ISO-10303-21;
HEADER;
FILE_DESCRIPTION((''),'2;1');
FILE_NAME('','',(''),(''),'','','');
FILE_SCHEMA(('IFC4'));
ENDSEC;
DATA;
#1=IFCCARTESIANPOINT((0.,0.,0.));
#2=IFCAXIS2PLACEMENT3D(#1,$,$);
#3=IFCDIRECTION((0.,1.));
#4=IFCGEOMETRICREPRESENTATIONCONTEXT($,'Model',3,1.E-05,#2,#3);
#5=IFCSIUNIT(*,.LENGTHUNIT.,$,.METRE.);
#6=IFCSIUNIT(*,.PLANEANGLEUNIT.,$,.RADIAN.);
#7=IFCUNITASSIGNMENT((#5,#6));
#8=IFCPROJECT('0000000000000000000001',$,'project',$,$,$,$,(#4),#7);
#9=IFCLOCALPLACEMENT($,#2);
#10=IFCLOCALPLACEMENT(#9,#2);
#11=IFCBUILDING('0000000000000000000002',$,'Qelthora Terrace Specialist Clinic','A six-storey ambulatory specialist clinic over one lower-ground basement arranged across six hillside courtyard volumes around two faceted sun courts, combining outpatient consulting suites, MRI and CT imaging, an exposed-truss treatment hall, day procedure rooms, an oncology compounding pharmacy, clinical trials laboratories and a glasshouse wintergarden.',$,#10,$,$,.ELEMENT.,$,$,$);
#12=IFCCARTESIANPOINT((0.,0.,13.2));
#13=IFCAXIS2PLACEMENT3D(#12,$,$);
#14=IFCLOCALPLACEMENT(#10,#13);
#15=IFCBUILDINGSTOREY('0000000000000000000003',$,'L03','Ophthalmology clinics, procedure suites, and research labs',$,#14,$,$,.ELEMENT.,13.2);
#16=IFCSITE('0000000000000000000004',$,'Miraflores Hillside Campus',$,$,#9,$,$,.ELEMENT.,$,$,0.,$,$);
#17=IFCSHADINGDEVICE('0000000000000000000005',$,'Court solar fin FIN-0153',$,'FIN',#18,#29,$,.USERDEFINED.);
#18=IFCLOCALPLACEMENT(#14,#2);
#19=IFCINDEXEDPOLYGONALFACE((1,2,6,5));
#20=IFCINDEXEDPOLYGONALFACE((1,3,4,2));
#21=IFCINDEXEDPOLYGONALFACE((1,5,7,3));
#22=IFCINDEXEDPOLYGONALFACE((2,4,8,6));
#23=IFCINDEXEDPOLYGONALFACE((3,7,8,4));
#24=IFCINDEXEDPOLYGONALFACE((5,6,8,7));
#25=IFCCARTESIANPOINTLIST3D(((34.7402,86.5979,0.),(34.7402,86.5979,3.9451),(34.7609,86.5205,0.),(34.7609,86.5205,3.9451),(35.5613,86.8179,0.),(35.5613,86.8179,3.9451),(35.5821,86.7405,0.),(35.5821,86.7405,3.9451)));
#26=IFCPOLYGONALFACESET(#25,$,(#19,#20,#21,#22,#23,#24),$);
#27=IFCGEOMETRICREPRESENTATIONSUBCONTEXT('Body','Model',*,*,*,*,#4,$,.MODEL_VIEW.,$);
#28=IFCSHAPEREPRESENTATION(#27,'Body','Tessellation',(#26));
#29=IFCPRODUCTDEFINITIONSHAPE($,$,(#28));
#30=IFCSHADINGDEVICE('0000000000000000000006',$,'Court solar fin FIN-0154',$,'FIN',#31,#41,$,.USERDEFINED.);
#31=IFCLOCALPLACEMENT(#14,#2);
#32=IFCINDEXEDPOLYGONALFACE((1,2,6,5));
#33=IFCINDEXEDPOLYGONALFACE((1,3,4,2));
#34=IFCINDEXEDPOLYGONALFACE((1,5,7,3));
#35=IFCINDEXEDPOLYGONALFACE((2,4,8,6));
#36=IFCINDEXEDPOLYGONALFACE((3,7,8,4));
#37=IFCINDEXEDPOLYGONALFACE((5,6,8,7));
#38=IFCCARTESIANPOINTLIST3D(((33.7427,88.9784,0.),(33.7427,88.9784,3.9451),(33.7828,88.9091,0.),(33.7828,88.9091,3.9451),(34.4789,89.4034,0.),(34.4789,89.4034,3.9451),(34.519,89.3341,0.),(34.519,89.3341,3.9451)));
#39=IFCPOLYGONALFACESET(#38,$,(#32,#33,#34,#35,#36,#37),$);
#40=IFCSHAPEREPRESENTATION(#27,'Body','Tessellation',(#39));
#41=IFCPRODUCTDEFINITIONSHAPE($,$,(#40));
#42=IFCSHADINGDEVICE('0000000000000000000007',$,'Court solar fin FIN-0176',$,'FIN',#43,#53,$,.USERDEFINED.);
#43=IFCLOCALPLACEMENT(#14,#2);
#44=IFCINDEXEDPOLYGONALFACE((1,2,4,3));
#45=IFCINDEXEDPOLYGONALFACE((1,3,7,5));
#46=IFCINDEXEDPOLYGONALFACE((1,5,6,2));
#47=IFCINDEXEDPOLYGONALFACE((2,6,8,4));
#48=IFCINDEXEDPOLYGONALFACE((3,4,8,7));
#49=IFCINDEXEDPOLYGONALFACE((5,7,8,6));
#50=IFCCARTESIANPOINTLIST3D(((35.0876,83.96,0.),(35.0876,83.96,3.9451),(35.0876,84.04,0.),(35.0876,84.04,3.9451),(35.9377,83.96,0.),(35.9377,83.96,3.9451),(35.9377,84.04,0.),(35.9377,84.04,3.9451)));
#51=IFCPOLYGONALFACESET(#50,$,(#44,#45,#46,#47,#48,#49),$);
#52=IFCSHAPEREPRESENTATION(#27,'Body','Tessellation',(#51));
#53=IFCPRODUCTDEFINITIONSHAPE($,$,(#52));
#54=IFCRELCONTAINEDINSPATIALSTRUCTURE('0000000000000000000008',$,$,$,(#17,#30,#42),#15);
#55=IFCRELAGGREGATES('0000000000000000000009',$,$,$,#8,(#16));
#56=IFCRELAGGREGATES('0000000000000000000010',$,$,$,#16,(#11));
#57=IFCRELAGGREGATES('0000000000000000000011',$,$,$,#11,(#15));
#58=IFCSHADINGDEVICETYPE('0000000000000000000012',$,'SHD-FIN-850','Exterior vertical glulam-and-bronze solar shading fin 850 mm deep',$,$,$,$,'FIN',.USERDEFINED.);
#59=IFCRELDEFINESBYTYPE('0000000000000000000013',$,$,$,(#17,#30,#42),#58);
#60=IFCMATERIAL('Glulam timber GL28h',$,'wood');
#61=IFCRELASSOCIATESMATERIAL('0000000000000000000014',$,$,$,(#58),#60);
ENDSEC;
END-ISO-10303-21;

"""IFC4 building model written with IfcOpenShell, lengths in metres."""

from ifc_helpers import new_model, si_unit, direction, frame, origin, origin_2d, place, context, subcontext, project, spatial, rectangle, extrude, material, type_object, element, save


model = new_model("IFC4")

# Units and contexts
model_context = context("Model", 3, precision=1e-05, world=origin(), true_north=direction((0.0, 1.0)))
body_context = subcontext(model_context, "Body", "Model", "MODEL_VIEW")
ifc_project = project(units=[si_unit("LENGTHUNIT", "METRE"), si_unit("PLANEANGLEUNIT", "RADIAN")], contexts=[model_context])

# Site, building, storey
site_placement = place(None, origin())
site = spatial("IfcSite", under=ifc_project, at=site_placement, Name="Miraflores Hillside Campus", CompositionType="ELEMENT", RefElevation=0.0)
building_placement = place(site_placement, origin())
building = spatial("IfcBuilding", under=site, at=building_placement, Name="Qelthora Terrace Specialist Clinic", Description="A six-storey ambulatory specialist clinic over one lower-ground basement arranged across six hillside courtyard volumes around two faceted sun courts, combining outpatient consulting suites, MRI and CT imaging, an exposed-truss treatment hall, day procedure rooms, an oncology compounding pharmacy, clinical trials laboratories and a glasshouse wintergarden.", CompositionType="ELEMENT")
storey_placement = place(building_placement, frame((0.0, 0.0, 13.2)))
storey = spatial("IfcBuildingStorey", under=building, at=storey_placement, Name="L03", Description="Ophthalmology clinics, procedure suites, and research labs", CompositionType="ELEMENT", Elevation=13.2)

# Shading devices
ifc_material_1 = material(Name="Glulam timber GL28h", Category="wood")
shading_device_type = type_object("IfcShadingDeviceType", Name="SHD-FIN-850", Description="Exterior vertical glulam-and-bronze solar shading fin 850 mm deep", ElementType="FIN", PredefinedType="USERDEFINED", material=ifc_material_1)
for number, where, z_axis, x_axis, name in (
    (1, (35.1611, 86.6692, 0.0), (0.0, 0.0, 1.0), (-0.965926, -0.258819, 0.0), "Court solar fin FIN-0153"),
    (2, (34.1309, 89.1562, 0.0), (0.0, 0.0, 1.0), (-0.866025, -0.5, 0.0), "Court solar fin FIN-0154"),
    (3, (35.5127, 84.0, 0.0), (0.0, 0.0, 1.0), (-1.0, 0.0, 0.0), "Court solar fin FIN-0176"),
):
    element("IfcShadingDevice", number, at=place(storey_placement, frame(where, z_axis=z_axis, x_axis=x_axis)), inside=storey, type_object=shading_device_type, Name=name, ObjectType="FIN", PredefinedType="USERDEFINED", context=body_context, shape_type="SweptSolid", body=[
        extrude(rectangle(XDim=0.8501, YDim=0.0801, at=origin_2d()), origin(), (0.0, 0.0, 1.0), 3.9451),
    ])

save(model, "model.ifc")
